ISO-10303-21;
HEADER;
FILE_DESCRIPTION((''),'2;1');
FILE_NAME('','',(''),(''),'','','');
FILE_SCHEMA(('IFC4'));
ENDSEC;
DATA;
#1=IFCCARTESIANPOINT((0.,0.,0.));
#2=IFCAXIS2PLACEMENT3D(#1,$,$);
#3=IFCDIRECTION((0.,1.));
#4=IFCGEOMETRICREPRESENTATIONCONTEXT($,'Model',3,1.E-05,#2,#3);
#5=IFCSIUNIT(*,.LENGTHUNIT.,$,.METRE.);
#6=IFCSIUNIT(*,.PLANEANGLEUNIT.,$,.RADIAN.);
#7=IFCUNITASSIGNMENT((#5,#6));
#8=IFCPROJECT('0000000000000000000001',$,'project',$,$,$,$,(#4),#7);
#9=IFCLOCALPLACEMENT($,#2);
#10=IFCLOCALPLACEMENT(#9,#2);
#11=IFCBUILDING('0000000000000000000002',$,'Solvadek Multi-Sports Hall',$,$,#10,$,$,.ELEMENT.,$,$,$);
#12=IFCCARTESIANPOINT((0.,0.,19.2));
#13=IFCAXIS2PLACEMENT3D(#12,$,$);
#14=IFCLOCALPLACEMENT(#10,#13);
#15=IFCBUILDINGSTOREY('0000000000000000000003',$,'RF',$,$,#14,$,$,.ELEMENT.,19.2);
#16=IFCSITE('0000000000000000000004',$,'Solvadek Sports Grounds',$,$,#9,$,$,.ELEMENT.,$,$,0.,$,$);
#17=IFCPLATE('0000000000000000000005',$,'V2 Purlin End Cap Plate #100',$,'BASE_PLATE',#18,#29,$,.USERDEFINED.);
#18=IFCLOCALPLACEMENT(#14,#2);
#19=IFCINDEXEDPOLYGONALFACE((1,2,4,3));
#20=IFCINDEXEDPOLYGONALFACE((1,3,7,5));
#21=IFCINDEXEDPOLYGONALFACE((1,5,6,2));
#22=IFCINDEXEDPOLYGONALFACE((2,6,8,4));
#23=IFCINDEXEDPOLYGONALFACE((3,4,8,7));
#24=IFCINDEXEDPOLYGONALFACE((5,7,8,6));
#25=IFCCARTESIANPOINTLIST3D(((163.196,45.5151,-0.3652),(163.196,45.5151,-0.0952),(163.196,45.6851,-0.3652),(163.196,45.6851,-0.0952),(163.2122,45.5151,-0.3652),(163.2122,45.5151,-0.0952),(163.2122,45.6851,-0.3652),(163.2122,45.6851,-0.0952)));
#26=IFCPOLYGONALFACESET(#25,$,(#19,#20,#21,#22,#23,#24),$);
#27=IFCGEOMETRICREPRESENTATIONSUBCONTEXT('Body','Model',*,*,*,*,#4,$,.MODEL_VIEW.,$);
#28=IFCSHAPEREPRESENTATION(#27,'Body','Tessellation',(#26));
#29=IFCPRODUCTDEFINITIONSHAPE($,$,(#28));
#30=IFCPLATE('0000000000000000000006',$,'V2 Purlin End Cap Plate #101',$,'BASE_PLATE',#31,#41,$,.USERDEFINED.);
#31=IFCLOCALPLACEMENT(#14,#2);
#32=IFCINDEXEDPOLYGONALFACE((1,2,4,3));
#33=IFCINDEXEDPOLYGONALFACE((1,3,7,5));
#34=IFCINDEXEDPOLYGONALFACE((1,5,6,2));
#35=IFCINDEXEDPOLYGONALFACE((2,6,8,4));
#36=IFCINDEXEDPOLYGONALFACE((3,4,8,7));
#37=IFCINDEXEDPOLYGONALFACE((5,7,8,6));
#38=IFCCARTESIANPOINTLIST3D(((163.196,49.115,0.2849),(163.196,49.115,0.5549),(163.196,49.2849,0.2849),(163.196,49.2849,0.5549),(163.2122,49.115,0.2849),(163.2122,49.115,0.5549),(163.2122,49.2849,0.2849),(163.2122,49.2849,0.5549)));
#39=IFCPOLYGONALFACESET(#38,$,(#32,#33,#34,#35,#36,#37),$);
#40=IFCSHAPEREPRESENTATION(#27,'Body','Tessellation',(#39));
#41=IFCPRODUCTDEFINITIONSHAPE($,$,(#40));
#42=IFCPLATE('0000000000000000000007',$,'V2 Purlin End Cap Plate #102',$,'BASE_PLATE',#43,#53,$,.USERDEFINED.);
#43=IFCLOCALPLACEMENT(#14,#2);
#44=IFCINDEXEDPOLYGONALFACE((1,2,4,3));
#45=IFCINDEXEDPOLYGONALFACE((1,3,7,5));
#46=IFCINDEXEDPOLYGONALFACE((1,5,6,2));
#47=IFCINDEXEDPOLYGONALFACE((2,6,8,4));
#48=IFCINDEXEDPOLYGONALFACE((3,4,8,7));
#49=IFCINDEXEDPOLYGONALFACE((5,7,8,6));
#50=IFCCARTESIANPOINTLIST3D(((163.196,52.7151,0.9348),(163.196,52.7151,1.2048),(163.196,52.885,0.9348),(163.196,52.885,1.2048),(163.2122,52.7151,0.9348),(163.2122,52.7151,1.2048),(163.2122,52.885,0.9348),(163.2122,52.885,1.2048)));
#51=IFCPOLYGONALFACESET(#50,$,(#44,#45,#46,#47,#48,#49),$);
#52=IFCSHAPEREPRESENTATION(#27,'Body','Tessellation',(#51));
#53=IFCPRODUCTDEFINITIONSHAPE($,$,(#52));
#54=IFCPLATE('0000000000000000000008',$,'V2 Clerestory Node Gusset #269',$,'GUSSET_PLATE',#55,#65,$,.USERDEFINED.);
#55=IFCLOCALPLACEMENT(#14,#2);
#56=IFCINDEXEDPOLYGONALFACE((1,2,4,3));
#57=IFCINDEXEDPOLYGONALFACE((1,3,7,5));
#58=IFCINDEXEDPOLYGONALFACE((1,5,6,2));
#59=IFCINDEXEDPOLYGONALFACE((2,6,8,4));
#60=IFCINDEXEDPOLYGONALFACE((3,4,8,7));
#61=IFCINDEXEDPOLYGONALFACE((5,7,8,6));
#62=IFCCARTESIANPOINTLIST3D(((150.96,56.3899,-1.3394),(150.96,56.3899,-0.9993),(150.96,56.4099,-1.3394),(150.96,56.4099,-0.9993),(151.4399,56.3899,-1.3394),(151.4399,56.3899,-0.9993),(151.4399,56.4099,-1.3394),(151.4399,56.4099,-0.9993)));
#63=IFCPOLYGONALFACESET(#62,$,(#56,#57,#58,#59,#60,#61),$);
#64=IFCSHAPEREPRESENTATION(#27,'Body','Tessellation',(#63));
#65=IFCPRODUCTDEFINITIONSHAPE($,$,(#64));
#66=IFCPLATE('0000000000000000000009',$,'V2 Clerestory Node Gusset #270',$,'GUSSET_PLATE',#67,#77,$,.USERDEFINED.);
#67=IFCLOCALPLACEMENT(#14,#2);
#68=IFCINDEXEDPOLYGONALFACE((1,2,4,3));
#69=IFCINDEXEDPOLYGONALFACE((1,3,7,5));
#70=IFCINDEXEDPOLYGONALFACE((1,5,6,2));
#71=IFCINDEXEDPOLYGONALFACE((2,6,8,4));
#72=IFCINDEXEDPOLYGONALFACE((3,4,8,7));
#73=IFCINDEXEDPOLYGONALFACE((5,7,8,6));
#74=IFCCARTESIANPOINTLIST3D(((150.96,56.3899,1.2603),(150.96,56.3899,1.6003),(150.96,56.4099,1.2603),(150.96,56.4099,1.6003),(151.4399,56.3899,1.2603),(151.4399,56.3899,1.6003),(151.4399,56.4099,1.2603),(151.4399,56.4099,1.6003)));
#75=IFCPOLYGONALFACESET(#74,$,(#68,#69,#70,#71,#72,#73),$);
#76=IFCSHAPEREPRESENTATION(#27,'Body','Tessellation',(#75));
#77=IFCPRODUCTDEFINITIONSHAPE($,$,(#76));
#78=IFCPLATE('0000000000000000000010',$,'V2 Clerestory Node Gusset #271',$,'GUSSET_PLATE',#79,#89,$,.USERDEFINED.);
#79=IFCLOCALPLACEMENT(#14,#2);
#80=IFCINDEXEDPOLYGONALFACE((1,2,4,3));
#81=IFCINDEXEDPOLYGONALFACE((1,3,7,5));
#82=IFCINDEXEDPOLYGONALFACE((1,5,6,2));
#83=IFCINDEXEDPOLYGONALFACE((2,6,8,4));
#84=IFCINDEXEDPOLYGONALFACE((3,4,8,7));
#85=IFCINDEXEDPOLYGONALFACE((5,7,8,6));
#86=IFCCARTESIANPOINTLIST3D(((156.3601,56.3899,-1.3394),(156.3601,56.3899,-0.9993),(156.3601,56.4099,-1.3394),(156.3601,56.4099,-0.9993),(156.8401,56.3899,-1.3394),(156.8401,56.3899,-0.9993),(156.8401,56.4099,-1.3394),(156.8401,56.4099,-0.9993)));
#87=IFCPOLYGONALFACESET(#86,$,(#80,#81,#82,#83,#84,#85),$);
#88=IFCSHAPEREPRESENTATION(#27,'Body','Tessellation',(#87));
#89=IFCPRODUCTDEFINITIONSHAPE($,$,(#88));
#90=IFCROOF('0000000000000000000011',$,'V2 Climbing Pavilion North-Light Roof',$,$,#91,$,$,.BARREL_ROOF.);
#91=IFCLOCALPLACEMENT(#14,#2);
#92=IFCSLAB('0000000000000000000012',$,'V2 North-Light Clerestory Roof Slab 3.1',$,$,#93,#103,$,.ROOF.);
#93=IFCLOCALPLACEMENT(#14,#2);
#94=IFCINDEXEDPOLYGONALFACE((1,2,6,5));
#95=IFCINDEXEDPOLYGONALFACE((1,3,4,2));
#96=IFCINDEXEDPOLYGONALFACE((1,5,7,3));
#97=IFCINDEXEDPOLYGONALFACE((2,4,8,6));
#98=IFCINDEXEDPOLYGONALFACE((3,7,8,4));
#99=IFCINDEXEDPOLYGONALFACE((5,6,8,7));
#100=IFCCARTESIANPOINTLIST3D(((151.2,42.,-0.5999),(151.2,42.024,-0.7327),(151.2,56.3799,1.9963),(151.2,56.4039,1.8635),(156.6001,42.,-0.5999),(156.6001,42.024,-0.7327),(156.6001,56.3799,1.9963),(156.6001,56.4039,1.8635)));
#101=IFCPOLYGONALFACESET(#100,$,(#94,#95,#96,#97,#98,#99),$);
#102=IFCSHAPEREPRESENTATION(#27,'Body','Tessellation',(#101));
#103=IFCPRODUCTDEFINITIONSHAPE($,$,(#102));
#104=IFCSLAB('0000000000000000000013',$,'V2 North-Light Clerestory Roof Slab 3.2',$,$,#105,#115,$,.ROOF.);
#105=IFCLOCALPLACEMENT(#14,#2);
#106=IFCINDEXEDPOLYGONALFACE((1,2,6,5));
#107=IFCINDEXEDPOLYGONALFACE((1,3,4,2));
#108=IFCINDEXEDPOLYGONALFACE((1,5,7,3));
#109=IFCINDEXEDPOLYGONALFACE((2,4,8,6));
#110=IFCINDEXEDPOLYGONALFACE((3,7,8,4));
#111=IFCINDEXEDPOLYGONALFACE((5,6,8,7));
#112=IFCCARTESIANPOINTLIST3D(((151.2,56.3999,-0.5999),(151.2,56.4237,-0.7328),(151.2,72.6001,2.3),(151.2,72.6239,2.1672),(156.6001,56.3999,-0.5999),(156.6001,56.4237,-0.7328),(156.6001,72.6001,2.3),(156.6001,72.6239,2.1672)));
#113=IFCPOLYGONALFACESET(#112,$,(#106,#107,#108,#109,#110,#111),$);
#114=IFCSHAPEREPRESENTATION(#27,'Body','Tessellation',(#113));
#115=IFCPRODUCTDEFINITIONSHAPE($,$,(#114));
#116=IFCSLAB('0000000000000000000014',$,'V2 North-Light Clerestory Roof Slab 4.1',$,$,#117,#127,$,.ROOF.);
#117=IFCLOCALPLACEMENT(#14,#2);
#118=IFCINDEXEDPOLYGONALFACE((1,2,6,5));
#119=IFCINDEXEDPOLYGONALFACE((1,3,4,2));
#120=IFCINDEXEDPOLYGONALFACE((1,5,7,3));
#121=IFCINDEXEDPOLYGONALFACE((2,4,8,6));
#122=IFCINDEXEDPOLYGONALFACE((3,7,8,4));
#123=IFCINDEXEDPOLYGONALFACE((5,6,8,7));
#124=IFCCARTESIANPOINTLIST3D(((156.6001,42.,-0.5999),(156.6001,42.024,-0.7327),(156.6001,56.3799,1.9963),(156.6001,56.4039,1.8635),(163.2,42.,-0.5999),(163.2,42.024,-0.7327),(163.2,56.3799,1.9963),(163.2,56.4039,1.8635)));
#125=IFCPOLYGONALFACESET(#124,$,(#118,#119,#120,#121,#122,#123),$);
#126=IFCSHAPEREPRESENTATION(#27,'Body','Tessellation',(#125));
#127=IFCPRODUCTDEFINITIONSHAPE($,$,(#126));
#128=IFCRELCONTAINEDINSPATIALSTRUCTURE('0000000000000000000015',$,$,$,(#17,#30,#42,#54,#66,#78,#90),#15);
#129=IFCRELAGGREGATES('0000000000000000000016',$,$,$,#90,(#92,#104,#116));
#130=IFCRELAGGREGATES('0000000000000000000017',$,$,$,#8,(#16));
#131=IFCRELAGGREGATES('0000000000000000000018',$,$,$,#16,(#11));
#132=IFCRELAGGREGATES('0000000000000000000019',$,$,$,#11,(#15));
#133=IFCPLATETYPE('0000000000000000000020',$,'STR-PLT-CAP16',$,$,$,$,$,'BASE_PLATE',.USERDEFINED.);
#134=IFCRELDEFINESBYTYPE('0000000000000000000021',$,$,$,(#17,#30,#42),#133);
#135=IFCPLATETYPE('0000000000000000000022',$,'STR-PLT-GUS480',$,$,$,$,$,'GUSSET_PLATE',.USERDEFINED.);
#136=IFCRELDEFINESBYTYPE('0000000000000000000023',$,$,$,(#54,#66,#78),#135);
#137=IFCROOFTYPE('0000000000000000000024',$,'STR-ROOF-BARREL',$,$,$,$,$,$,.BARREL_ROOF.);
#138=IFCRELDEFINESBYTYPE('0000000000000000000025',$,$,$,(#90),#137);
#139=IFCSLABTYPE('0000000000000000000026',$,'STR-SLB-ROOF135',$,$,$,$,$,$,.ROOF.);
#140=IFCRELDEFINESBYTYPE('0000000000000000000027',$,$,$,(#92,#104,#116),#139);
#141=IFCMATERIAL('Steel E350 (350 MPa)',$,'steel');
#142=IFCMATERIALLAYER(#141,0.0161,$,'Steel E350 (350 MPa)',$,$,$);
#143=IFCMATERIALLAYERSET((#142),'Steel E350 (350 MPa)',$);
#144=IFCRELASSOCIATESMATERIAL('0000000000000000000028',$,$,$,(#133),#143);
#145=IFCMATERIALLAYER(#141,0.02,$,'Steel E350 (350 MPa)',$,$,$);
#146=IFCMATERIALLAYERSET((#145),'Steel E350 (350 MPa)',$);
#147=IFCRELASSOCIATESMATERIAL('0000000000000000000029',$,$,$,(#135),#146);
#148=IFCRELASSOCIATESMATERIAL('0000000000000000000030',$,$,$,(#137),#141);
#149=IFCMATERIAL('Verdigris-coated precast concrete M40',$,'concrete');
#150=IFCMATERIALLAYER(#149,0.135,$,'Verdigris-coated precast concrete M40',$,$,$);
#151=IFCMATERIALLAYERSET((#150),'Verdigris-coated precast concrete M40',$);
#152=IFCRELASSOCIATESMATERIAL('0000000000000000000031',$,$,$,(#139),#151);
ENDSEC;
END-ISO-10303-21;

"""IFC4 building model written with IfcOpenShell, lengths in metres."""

from ifc_helpers import new_model, si_unit, direction, frame, origin, origin_2d, place, context, subcontext, project, spatial, polyline, rectangle, outline, extrude, material, layer, layer_set, type_object, element, aggregate, save


model = new_model("IFC4")

# Units and contexts
model_context = context("Model", 3, precision=1e-05, world=origin(), true_north=direction((0.0, 1.0)))
body_context = subcontext(model_context, "Body", "Model", "MODEL_VIEW")
ifc_project = project(units=[si_unit("LENGTHUNIT", "METRE"), si_unit("PLANEANGLEUNIT", "RADIAN")], contexts=[model_context])

# Site, building, storey
site_placement = place(None, origin())
site = spatial("IfcSite", under=ifc_project, at=site_placement, Name="Solvadek Sports Grounds", CompositionType="ELEMENT", RefElevation=0.0)
building_placement = place(site_placement, origin())
building = spatial("IfcBuilding", under=site, at=building_placement, Name="Solvadek Multi-Sports Hall", CompositionType="ELEMENT")
storey_placement = place(building_placement, frame((0.0, 0.0, 19.2)))
storey = spatial("IfcBuildingStorey", under=building, at=storey_placement, Name="RF", CompositionType="ELEMENT", Elevation=19.2)

# Shared definitions
ifc_material_1 = material(Name="Steel E350 (350 MPa)", Category="steel")

# Plates
ifc_layer_1 = layer(ifc_material_1, 0.0161, Name="Steel E350 (350 MPa)")
ifc_layer_set_1 = layer_set([ifc_layer_1], Name="Steel E350 (350 MPa)")
plate_type_1 = type_object("IfcPlateType", Name="STR-PLT-CAP16", ElementType="BASE_PLATE", PredefinedType="USERDEFINED", material=ifc_layer_set_1)
for number, where, z_axis, x_axis, name in (
    (1, (163.2041, 45.6001, -0.3652), (0.0, 0.0, 1.0), (1.0, 0.0, 0.0), "V2 Purlin End Cap Plate #100"),
    (2, (163.2041, 49.2, 0.2849), (0.0, 0.0, 1.0), (1.0, 0.0, 0.0), "V2 Purlin End Cap Plate #101"),
    (3, (163.2041, 52.8, 0.9348), (0.0, 0.0, 1.0), (1.0, 0.0, 0.0), "V2 Purlin End Cap Plate #102"),
):
    element("IfcPlate", number, at=place(storey_placement, frame(where, z_axis=z_axis, x_axis=x_axis)), inside=storey, type_object=plate_type_1, Name=name, ObjectType="BASE_PLATE", PredefinedType="USERDEFINED", context=body_context, shape_type="SweptSolid", body=[
        extrude(rectangle(XDim=0.0161, YDim=0.1699, at=origin_2d()), origin(), (0.0, 0.0, 1.0), 0.27),
    ])
ifc_layer_2 = layer(ifc_material_1, 0.02, Name="Steel E350 (350 MPa)")
ifc_layer_set_2 = layer_set([ifc_layer_2], Name="Steel E350 (350 MPa)")
plate_type_2 = type_object("IfcPlateType", Name="STR-PLT-GUS480", ElementType="GUSSET_PLATE", PredefinedType="USERDEFINED", material=ifc_layer_set_2)
for number, where, z_axis, x_axis, name in (
    (4, (151.2, 56.3999, -1.3394), (0.0, 0.0, 1.0), (1.0, 0.0, 0.0), "V2 Clerestory Node Gusset #269"),
    (5, (151.2, 56.3999, 1.2603), (0.0, 0.0, 1.0), (1.0, 0.0, 0.0), "V2 Clerestory Node Gusset #270"),
    (6, (156.6001, 56.3999, -1.3394), (0.0, 0.0, 1.0), (1.0, 0.0, 0.0), "V2 Clerestory Node Gusset #271"),
):
    element("IfcPlate", number, at=place(storey_placement, frame(where, z_axis=z_axis, x_axis=x_axis)), inside=storey, type_object=plate_type_2, Name=name, ObjectType="GUSSET_PLATE", PredefinedType="USERDEFINED", context=body_context, shape_type="SweptSolid", body=[
        extrude(rectangle(XDim=0.48, YDim=0.02, at=origin_2d()), origin(), (0.0, 0.0, 1.0), 0.3401),
    ])

# Roof, slabs
roof_type = type_object("IfcRoofType", Name="STR-ROOF-BARREL", PredefinedType="BARREL_ROOF", material=ifc_material_1)
roof_placement = place(storey_placement, origin())
roof = element("IfcRoof", 7, at=roof_placement, inside=storey, type_object=roof_type, Name="V2 Climbing Pavilion North-Light Roof", PredefinedType="BARREL_ROOF")
ifc_material_2 = material(Name="Verdigris-coated precast concrete M40", Category="concrete")
ifc_layer_3 = layer(ifc_material_2, 0.135, Name="Verdigris-coated precast concrete M40")
ifc_layer_set_3 = layer_set([ifc_layer_3], Name="Verdigris-coated precast concrete M40")
slab_type = type_object("IfcSlabType", Name="STR-SLB-ROOF135", PredefinedType="ROOF", material=ifc_layer_set_3)
slab_1_placement = place(storey_placement, frame((151.2, 42.0, -0.5999), z_axis=(0.0, -0.177671, 0.98409), x_axis=(1.0, 0.0, 0.0)))
slab_1 = element("IfcSlab", 8, at=slab_1_placement, type_object=slab_type, Name="V2 North-Light Clerestory Roof Slab 3.1", PredefinedType="ROOF", context=body_context, shape_type="SweptSolid", body=[
    extrude(outline(polyline([(0.0, 0.0), (5.4001, 0.0), (5.4001, 14.6124), (0.0, 14.6124), (0.0, 0.0)])), origin(), (0.0, 0.0, -1.0), 0.135),
])
slab_2_placement = place(storey_placement, frame((151.2, 56.3999, -0.5999), z_axis=(0.0, -0.176203, 0.984354), x_axis=(1.0, 0.0, 0.0)))
slab_2 = element("IfcSlab", 9, at=slab_2_placement, type_object=slab_type, Name="V2 North-Light Clerestory Roof Slab 3.2", PredefinedType="ROOF", context=body_context, shape_type="SweptSolid", body=[
    extrude(outline(polyline([(0.0, 0.0), (5.4001, 0.0), (5.4001, 16.4577), (0.0, 16.4577), (0.0, 0.0)])), origin(), (0.0, 0.0, -1.0), 0.135),
])
slab_3_placement = place(storey_placement, frame((156.6001, 42.0, -0.5999), z_axis=(0.0, -0.177671, 0.98409), x_axis=(1.0, 0.0, 0.0)))
slab_3 = element("IfcSlab", 10, at=slab_3_placement, type_object=slab_type, Name="V2 North-Light Clerestory Roof Slab 4.1", PredefinedType="ROOF", context=body_context, shape_type="SweptSolid", body=[
    extrude(outline(polyline([(0.0, 0.0), (6.5999, 0.0), (6.5999, 14.6124), (0.0, 14.6124), (0.0, 0.0)])), origin(), (0.0, 0.0, -1.0), 0.135),
])
aggregate(roof, [slab_1, slab_2, slab_3])

save(model, "model.ifc")
